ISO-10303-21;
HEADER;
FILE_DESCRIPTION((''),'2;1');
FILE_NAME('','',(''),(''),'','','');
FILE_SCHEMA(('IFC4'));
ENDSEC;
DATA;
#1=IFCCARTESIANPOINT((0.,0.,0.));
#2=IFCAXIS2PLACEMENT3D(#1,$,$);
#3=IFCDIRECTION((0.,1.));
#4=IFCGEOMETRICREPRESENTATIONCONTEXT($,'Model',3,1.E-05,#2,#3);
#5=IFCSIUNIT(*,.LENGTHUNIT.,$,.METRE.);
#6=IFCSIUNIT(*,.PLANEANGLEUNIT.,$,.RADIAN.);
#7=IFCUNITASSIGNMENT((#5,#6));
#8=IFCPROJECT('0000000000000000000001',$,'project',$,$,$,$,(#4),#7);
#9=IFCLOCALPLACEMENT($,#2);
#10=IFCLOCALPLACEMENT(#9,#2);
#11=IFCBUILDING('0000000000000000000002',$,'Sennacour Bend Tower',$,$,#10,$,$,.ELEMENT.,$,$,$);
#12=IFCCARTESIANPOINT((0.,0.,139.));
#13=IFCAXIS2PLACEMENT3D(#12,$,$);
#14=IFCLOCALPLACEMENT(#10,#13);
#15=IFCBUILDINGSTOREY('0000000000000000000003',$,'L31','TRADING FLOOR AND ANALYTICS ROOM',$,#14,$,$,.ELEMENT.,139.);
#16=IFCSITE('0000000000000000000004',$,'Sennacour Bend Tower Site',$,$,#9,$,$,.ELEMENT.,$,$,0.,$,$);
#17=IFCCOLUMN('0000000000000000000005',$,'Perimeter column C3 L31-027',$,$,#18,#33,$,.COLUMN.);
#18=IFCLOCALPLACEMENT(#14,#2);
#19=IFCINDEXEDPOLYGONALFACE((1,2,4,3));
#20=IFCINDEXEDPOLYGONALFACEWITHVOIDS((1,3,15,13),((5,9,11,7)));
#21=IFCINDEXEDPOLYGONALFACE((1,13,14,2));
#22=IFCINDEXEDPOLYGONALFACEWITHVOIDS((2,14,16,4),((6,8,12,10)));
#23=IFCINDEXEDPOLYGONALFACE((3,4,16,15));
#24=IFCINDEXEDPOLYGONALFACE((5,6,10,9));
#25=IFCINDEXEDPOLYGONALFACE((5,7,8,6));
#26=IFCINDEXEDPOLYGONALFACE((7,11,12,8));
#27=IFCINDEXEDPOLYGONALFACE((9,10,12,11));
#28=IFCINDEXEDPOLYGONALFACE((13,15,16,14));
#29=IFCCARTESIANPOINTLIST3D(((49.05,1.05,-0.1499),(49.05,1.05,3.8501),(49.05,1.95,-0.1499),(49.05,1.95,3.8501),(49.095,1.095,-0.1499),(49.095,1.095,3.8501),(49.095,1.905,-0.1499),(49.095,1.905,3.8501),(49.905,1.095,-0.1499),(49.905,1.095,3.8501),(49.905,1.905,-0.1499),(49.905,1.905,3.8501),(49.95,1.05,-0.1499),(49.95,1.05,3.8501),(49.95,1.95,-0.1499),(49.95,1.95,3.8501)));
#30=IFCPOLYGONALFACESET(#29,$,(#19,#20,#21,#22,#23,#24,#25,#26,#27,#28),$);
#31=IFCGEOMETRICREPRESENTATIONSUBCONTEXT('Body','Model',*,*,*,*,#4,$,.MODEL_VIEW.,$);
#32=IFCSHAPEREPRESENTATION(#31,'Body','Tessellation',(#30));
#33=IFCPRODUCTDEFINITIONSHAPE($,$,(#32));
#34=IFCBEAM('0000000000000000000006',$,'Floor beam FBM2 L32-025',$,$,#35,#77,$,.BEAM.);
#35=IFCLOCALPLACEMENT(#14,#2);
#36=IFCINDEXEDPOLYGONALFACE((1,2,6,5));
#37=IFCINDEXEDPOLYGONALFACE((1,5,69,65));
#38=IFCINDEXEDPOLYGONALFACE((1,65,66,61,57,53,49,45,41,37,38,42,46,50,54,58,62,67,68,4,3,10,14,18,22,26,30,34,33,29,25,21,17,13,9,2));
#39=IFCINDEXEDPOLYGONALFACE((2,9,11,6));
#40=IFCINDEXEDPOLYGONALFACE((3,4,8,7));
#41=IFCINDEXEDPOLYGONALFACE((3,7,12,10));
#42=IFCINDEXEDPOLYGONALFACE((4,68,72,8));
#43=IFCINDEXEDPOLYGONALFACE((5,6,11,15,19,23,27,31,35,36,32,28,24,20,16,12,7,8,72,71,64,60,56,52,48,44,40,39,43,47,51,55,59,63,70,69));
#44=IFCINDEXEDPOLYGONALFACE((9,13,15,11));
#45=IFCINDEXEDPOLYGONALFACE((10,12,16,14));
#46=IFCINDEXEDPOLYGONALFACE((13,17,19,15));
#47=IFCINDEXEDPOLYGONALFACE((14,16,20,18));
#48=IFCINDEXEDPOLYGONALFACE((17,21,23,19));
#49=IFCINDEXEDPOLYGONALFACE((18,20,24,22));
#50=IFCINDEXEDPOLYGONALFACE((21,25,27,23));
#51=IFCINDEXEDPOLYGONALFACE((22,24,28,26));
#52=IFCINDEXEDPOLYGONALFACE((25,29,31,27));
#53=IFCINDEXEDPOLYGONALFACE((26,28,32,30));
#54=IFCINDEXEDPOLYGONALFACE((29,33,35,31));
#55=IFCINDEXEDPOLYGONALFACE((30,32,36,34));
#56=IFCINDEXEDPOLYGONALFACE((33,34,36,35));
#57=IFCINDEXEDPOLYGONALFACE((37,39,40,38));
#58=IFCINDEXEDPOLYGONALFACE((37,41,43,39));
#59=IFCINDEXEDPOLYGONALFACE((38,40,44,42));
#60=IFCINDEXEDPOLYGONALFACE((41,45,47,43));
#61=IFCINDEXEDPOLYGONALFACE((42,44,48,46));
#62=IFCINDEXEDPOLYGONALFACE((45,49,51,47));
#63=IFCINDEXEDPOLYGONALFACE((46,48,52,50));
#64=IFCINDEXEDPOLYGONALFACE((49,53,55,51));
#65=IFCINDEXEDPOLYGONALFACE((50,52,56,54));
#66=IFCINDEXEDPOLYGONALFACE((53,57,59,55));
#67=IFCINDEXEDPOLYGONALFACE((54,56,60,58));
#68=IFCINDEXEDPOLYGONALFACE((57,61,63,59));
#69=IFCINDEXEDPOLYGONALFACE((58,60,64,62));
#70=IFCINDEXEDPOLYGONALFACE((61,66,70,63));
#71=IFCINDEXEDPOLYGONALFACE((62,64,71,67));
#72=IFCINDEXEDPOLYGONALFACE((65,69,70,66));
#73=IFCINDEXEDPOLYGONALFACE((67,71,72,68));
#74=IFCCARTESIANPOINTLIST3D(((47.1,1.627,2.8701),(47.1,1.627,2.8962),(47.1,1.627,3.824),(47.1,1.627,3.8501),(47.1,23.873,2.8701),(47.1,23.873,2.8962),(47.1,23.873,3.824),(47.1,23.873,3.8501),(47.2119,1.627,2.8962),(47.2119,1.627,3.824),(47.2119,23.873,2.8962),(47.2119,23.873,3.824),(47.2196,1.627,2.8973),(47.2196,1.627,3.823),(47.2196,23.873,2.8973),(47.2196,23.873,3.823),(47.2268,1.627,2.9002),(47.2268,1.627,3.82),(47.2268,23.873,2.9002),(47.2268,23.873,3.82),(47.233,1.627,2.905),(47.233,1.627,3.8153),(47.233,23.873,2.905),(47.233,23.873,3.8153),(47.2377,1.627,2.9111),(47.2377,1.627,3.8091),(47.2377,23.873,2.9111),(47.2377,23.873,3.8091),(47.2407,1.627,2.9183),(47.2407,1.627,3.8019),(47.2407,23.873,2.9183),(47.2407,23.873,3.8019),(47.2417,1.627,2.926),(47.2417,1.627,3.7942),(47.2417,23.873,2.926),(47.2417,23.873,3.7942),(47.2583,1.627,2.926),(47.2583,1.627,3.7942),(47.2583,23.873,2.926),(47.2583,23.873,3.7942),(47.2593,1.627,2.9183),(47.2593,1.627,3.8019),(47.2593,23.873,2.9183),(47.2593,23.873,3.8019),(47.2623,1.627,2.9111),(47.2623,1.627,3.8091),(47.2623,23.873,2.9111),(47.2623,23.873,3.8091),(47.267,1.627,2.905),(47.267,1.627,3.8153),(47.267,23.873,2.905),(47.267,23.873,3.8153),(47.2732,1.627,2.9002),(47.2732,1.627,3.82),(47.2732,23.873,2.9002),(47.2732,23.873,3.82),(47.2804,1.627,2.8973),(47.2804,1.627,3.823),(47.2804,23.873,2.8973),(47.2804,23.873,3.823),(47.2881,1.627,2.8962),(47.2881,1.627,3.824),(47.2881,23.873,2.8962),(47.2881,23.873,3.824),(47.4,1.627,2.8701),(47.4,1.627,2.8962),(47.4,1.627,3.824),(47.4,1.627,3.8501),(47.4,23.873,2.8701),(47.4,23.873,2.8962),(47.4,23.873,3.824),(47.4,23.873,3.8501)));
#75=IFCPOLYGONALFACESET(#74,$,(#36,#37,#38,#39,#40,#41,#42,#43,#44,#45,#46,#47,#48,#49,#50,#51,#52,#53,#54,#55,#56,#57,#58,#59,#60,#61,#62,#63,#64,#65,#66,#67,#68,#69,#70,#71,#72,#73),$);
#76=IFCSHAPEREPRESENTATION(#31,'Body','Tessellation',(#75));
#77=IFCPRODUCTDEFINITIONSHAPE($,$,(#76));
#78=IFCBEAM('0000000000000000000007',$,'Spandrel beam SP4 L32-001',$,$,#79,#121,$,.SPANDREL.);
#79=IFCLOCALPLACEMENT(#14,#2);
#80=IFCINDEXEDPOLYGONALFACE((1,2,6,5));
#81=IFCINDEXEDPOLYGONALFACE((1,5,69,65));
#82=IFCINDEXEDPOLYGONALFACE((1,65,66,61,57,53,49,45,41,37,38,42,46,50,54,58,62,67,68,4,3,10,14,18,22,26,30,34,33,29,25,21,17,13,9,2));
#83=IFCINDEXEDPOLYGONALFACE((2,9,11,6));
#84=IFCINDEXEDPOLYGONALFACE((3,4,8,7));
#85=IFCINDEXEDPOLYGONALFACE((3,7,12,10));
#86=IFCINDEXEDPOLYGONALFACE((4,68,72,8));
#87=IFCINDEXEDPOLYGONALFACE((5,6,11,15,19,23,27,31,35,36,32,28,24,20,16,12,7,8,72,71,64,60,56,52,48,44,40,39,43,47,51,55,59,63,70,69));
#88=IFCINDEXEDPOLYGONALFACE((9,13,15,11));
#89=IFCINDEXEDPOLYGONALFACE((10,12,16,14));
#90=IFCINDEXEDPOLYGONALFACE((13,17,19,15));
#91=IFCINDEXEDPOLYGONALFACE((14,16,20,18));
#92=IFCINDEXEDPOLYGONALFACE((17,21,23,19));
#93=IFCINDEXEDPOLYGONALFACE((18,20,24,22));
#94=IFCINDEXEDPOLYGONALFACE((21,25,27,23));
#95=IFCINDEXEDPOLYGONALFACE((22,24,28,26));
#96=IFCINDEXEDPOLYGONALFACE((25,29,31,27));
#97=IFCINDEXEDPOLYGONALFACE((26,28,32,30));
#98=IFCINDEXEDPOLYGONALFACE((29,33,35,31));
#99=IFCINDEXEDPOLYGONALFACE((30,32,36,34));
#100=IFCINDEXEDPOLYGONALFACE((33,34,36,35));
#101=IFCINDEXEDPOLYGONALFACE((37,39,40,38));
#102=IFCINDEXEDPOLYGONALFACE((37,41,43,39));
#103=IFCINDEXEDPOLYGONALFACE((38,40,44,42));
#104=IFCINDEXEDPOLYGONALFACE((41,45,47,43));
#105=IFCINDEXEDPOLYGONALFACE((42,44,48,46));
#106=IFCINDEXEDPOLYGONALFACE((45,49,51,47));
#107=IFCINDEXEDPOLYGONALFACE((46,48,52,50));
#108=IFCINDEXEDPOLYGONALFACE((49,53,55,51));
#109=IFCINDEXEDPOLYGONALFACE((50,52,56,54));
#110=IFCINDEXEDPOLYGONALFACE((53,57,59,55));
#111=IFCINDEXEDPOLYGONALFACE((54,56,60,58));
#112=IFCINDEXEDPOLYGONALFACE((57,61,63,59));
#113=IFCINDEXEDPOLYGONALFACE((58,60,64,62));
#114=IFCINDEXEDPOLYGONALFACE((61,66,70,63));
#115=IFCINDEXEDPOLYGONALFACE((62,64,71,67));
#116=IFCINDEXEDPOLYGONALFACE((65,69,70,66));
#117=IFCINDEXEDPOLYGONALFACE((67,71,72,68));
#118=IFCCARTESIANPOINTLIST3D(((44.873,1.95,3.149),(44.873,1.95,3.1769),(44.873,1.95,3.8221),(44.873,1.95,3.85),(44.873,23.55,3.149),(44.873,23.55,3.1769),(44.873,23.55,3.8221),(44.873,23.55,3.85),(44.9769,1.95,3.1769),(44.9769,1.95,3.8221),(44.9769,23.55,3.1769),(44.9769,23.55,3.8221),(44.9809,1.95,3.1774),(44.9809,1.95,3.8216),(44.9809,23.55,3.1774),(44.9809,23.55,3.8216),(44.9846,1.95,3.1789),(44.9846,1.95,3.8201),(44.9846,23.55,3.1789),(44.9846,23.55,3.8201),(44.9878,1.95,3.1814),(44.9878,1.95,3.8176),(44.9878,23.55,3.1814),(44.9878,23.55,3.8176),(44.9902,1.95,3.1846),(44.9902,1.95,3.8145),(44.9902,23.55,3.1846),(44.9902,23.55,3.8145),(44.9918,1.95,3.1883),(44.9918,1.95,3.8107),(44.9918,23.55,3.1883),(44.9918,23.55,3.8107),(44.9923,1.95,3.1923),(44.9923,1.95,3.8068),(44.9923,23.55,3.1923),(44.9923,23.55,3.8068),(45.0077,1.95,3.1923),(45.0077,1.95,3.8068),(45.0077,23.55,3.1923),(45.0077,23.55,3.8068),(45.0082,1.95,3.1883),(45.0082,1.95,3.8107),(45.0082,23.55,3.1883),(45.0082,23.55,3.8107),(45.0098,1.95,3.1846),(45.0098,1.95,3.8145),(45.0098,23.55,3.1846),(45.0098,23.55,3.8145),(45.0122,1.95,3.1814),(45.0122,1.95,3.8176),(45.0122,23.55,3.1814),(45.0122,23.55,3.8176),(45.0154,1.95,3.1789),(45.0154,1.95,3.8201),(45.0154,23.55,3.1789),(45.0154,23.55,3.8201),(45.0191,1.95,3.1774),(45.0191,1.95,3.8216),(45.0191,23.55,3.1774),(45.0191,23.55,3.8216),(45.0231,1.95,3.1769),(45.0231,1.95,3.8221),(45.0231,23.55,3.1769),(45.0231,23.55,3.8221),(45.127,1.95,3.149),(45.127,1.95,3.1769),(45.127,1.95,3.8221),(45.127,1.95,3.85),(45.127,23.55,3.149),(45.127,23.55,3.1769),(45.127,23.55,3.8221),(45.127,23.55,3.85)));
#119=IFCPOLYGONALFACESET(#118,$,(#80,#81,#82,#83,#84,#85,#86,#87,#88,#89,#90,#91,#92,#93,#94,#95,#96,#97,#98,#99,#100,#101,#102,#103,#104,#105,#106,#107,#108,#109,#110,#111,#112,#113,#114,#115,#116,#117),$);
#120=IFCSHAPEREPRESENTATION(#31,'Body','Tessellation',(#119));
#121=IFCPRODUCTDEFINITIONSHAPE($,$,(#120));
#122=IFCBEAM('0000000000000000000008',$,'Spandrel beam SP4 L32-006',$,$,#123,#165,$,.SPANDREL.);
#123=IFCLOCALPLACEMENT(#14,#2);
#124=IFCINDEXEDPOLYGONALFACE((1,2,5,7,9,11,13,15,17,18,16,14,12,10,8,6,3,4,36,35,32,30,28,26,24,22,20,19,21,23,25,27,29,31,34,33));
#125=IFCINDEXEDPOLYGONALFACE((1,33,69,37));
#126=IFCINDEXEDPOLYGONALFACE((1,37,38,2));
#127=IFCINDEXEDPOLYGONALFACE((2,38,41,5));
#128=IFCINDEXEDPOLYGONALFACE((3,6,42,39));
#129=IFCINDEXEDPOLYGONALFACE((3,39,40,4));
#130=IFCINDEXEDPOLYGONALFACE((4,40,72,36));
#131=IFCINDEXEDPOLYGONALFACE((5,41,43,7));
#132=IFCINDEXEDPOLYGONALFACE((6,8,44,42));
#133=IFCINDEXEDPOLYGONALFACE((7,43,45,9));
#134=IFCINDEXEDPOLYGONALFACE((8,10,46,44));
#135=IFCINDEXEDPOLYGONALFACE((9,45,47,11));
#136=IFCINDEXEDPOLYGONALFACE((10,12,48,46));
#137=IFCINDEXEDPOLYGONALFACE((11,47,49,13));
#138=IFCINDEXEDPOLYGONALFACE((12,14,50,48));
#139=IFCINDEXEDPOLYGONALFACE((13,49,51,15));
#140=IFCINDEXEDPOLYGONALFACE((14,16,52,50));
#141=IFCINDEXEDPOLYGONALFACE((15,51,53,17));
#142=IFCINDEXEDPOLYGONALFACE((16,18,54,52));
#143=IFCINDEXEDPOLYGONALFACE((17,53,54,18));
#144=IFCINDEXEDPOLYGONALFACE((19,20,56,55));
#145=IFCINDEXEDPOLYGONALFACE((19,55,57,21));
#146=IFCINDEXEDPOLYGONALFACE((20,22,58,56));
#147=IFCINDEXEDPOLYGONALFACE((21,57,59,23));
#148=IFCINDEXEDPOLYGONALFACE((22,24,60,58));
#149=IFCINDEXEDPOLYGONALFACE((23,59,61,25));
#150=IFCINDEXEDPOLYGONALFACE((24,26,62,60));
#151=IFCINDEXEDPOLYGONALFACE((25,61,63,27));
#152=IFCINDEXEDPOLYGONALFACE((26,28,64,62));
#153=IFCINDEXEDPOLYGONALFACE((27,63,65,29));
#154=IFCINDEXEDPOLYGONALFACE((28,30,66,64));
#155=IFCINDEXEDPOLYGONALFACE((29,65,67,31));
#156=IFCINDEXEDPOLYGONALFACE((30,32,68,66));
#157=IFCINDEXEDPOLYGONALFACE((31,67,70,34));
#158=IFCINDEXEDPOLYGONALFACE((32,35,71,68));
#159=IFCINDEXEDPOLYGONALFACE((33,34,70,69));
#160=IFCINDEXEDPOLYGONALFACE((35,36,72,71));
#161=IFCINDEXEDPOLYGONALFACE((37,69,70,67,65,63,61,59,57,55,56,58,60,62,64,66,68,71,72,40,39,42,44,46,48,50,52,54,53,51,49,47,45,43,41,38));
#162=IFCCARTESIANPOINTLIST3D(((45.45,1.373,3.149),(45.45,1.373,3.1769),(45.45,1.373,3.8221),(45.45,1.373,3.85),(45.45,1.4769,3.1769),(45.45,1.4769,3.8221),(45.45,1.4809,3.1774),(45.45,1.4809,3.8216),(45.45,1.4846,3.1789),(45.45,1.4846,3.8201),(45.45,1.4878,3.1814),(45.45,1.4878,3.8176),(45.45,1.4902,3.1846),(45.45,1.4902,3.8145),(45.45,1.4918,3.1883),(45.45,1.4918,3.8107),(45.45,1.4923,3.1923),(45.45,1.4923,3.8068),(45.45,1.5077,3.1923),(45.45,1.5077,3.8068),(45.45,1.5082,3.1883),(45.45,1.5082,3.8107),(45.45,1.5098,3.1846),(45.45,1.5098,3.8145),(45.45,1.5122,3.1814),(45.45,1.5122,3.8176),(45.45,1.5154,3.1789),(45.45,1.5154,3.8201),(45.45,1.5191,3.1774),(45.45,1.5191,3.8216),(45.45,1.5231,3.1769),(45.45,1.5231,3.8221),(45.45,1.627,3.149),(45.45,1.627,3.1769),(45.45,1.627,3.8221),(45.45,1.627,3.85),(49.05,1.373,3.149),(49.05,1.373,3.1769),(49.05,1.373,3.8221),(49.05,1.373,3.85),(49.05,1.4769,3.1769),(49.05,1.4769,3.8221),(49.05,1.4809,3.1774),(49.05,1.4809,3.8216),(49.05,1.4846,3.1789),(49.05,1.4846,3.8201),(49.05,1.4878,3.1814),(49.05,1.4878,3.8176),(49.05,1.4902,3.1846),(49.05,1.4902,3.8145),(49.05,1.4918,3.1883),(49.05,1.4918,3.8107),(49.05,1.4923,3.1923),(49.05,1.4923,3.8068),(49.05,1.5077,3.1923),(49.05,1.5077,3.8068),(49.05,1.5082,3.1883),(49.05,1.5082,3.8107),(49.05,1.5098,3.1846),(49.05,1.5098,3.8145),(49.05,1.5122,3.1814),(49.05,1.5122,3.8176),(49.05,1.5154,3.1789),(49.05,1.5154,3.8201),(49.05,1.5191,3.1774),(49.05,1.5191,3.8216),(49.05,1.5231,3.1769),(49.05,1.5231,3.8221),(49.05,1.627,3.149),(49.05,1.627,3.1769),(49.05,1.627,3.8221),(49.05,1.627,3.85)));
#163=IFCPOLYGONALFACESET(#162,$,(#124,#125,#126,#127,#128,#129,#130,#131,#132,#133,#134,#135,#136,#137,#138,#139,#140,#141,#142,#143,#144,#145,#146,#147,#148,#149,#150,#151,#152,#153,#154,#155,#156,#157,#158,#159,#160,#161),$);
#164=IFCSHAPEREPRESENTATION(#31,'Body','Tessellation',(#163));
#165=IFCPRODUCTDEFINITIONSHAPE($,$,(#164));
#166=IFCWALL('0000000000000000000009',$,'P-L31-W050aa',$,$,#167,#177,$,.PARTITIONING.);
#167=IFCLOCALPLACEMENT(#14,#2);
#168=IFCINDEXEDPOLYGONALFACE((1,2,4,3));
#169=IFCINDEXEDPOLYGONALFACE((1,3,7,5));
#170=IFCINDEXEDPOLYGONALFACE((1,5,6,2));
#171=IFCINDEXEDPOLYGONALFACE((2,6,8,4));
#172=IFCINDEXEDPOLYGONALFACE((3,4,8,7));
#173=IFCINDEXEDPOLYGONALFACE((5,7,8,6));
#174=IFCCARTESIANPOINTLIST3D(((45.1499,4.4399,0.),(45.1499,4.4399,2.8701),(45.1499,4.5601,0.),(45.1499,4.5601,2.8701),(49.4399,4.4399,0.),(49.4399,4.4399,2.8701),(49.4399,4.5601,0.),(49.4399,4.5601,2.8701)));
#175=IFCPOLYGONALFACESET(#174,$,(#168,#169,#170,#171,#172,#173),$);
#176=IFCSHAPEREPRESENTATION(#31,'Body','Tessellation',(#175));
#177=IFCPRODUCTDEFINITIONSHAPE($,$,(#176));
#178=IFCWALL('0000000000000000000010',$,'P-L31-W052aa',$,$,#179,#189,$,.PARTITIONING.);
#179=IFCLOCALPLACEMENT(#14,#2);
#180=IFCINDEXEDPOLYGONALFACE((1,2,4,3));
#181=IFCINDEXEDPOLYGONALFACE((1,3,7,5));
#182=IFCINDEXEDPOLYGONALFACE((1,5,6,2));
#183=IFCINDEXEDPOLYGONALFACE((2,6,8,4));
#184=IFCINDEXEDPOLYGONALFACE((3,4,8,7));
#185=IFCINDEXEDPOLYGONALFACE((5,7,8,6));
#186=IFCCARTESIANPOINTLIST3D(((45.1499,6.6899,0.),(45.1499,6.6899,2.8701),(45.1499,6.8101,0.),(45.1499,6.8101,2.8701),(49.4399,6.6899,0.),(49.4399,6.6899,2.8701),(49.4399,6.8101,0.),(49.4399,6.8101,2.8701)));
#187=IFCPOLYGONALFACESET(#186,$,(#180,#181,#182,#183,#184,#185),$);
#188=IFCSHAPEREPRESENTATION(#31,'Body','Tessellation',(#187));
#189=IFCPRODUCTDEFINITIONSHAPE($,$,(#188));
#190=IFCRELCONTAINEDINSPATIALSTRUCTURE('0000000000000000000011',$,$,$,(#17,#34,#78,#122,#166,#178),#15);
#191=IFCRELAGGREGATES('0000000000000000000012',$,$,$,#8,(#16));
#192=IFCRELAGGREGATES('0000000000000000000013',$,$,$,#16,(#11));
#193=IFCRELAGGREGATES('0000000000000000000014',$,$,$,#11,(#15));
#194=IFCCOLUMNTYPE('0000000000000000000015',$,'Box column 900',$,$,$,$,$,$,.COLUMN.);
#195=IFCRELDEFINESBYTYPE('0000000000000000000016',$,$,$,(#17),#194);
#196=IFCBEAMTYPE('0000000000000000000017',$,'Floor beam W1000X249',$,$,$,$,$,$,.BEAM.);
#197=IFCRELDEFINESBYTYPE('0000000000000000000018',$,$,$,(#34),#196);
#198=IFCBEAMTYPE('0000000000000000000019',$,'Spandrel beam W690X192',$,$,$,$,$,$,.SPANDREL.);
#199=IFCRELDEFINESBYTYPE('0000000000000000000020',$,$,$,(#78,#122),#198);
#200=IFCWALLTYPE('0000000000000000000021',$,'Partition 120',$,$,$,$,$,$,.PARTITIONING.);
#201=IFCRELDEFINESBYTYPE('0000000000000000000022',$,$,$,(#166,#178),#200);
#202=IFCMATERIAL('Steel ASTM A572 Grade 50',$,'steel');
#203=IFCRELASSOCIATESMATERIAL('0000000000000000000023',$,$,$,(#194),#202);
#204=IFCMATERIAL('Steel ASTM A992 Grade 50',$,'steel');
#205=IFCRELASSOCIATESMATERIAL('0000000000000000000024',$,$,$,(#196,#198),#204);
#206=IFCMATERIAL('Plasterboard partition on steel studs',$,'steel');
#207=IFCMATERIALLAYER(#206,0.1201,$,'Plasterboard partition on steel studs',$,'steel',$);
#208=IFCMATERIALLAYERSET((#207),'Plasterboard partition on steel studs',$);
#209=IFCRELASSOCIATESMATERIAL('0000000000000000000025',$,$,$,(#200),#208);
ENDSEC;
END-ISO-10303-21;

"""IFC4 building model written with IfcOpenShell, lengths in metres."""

from ifc_helpers import new_model, si_unit, direction, frame, frame_2d, origin, origin_2d, place, context, subcontext, project, spatial, rectangle, hollow_rectangle, i_section, extrude, material, layer, layer_set, material_profile, profile_set, type_object, element, save


model = new_model("IFC4")

# Units and contexts
model_context = context("Model", 3, precision=1e-05, world=origin(), true_north=direction((0.0, 1.0)))
body_context = subcontext(model_context, "Body", "Model", "MODEL_VIEW")
ifc_project = project(units=[si_unit("LENGTHUNIT", "METRE"), si_unit("PLANEANGLEUNIT", "RADIAN")], contexts=[model_context])

# Site, building, storey
site_placement = place(None, origin())
site = spatial("IfcSite", under=ifc_project, at=site_placement, Name="Sennacour Bend Tower Site", CompositionType="ELEMENT", RefElevation=0.0)
building_placement = place(site_placement, origin())
building = spatial("IfcBuilding", under=site, at=building_placement, Name="Sennacour Bend Tower", CompositionType="ELEMENT")
storey_placement = place(building_placement, frame((0.0, 0.0, 139.0)))
storey = spatial("IfcBuildingStorey", under=building, at=storey_placement, Name="L31", Description="TRADING FLOOR AND ANALYTICS ROOM", CompositionType="ELEMENT", Elevation=139.0)

# Column
ifc_material_1 = material(Name="Steel ASTM A572 Grade 50", Category="steel")
ifc_material_profile_1 = material_profile(ifc_material_1, hollow_rectangle(XDim=0.8999, YDim=0.8999, WallThickness=0.0449, at=origin_2d()), Name="Steel ASTM A572 Grade 50", Category="steel")
ifc_profile_set_1 = profile_set([ifc_material_profile_1], Name="Steel ASTM A572 Grade 50")
column_type = type_object("IfcColumnType", Name="Box column 900", PredefinedType="COLUMN", material=ifc_profile_set_1)
column_placement = place(storey_placement, frame((49.5, 1.5, -0.1499), z_axis=(0.0, 0.0, 1.0), x_axis=(1.0, 0.0, 0.0)))
element("IfcColumn", 1, at=column_placement, inside=storey, type_object=column_type, Name="Perimeter column C3 L31-027", PredefinedType="COLUMN", context=body_context, shape_type="SweptSolid", body=[
    extrude(hollow_rectangle(XDim=0.8999, YDim=0.8999, WallThickness=0.0449, at=origin_2d()), origin(), (0.0, 0.0, 1.0), 4.0),
])

# Beams
ifc_material_2 = material(Name="Steel ASTM A992 Grade 50", Category="steel")
ifc_material_profile_2 = material_profile(ifc_material_2, i_section(OverallWidth=0.3, OverallDepth=0.98, WebThickness=0.0166, FlangeThickness=0.0261, FilletRadius=0.0298, at=origin_2d()), Name="Steel ASTM A992 Grade 50", Category="steel")
ifc_profile_set_2 = profile_set([ifc_material_profile_2], Name="Steel ASTM A992 Grade 50")
beam_type_1 = type_object("IfcBeamType", Name="Floor beam W1000X249", PredefinedType="BEAM", material=ifc_profile_set_2)
beam_1_placement = place(storey_placement, frame((47.25, 1.627, 3.3601), z_axis=(0.0, 1.0, 0.0), x_axis=(-1.0, 0.0, 0.0)))
element("IfcBeam", 2, at=beam_1_placement, inside=storey, type_object=beam_type_1, Name="Floor beam FBM2 L32-025", PredefinedType="BEAM", context=body_context, shape_type="SweptSolid", body=[
    extrude(i_section(OverallWidth=0.3, OverallDepth=0.98, WebThickness=0.0166, FlangeThickness=0.0261, FilletRadius=0.0298, at=origin_2d()), origin(), (0.0, 0.0, 1.0), 22.2461),
])
ifc_material_profile_3 = material_profile(ifc_material_2, i_section(OverallWidth=0.2539, OverallDepth=0.7009, WebThickness=0.0154, FlangeThickness=0.0278, FilletRadius=0.0154, at=origin_2d()), Name="Steel ASTM A992 Grade 50", Category="steel")
ifc_profile_set_3 = profile_set([ifc_material_profile_3], Name="Steel ASTM A992 Grade 50")
beam_type_2 = type_object("IfcBeamType", Name="Spandrel beam W690X192", PredefinedType="SPANDREL", material=ifc_profile_set_3)
beam_2_placement = place(storey_placement, frame((45.0, 1.95, 3.4995), z_axis=(0.0, 1.0, 0.0), x_axis=(-1.0, 0.0, 0.0)))
element("IfcBeam", 3, at=beam_2_placement, inside=storey, type_object=beam_type_2, Name="Spandrel beam SP4 L32-001", PredefinedType="SPANDREL", context=body_context, shape_type="SweptSolid", body=[
    extrude(i_section(OverallWidth=0.2539, OverallDepth=0.7009, WebThickness=0.0154, FlangeThickness=0.0278, FilletRadius=0.0154, at=origin_2d()), origin(), (0.0, 0.0, 1.0), 21.6001),
])
beam_3_placement = place(storey_placement, frame((49.05, 1.5, 3.4995), z_axis=(-1.0, 0.0, 0.0), x_axis=(0.0, -1.0, 0.0)))
element("IfcBeam", 4, at=beam_3_placement, inside=storey, type_object=beam_type_2, Name="Spandrel beam SP4 L32-006", PredefinedType="SPANDREL", context=body_context, shape_type="SweptSolid", body=[
    extrude(i_section(OverallWidth=0.2539, OverallDepth=0.7009, WebThickness=0.0154, FlangeThickness=0.0278, FilletRadius=0.0154, at=origin_2d()), origin(), (0.0, 0.0, 1.0), 3.6001),
])

# Walls
ifc_material_3 = material(Name="Plasterboard partition on steel studs", Category="steel")
ifc_layer_1 = layer(ifc_material_3, 0.1201, Name="Plasterboard partition on steel studs", Category="steel")
ifc_layer_set_1 = layer_set([ifc_layer_1], Name="Plasterboard partition on steel studs")
wall_type_1 = type_object("IfcWallType", Name="Partition 120", PredefinedType="PARTITIONING", material=ifc_layer_set_1)
for number, where, z_axis, x_axis, name in (
    (5, (45.1499, 4.5, 0.0), (0.0, 0.0, 1.0), (1.0, 0.0, 0.0), "P-L31-W050aa"),
    (6, (45.1499, 6.75, 0.0), (0.0, 0.0, 1.0), (1.0, 0.0, 0.0), "P-L31-W052aa"),
):
    element("IfcWall", number, at=place(storey_placement, frame(where, z_axis=z_axis, x_axis=x_axis)), inside=storey, type_object=wall_type_1, Name=name, PredefinedType="PARTITIONING", context=body_context, shape_type="SweptSolid", body=[
        extrude(rectangle(XDim=4.29, YDim=0.1201, at=frame_2d((2.145, 0.0))), origin(), (0.0, 0.0, 1.0), 2.8701),
    ])

save(model, "model.ifc")
